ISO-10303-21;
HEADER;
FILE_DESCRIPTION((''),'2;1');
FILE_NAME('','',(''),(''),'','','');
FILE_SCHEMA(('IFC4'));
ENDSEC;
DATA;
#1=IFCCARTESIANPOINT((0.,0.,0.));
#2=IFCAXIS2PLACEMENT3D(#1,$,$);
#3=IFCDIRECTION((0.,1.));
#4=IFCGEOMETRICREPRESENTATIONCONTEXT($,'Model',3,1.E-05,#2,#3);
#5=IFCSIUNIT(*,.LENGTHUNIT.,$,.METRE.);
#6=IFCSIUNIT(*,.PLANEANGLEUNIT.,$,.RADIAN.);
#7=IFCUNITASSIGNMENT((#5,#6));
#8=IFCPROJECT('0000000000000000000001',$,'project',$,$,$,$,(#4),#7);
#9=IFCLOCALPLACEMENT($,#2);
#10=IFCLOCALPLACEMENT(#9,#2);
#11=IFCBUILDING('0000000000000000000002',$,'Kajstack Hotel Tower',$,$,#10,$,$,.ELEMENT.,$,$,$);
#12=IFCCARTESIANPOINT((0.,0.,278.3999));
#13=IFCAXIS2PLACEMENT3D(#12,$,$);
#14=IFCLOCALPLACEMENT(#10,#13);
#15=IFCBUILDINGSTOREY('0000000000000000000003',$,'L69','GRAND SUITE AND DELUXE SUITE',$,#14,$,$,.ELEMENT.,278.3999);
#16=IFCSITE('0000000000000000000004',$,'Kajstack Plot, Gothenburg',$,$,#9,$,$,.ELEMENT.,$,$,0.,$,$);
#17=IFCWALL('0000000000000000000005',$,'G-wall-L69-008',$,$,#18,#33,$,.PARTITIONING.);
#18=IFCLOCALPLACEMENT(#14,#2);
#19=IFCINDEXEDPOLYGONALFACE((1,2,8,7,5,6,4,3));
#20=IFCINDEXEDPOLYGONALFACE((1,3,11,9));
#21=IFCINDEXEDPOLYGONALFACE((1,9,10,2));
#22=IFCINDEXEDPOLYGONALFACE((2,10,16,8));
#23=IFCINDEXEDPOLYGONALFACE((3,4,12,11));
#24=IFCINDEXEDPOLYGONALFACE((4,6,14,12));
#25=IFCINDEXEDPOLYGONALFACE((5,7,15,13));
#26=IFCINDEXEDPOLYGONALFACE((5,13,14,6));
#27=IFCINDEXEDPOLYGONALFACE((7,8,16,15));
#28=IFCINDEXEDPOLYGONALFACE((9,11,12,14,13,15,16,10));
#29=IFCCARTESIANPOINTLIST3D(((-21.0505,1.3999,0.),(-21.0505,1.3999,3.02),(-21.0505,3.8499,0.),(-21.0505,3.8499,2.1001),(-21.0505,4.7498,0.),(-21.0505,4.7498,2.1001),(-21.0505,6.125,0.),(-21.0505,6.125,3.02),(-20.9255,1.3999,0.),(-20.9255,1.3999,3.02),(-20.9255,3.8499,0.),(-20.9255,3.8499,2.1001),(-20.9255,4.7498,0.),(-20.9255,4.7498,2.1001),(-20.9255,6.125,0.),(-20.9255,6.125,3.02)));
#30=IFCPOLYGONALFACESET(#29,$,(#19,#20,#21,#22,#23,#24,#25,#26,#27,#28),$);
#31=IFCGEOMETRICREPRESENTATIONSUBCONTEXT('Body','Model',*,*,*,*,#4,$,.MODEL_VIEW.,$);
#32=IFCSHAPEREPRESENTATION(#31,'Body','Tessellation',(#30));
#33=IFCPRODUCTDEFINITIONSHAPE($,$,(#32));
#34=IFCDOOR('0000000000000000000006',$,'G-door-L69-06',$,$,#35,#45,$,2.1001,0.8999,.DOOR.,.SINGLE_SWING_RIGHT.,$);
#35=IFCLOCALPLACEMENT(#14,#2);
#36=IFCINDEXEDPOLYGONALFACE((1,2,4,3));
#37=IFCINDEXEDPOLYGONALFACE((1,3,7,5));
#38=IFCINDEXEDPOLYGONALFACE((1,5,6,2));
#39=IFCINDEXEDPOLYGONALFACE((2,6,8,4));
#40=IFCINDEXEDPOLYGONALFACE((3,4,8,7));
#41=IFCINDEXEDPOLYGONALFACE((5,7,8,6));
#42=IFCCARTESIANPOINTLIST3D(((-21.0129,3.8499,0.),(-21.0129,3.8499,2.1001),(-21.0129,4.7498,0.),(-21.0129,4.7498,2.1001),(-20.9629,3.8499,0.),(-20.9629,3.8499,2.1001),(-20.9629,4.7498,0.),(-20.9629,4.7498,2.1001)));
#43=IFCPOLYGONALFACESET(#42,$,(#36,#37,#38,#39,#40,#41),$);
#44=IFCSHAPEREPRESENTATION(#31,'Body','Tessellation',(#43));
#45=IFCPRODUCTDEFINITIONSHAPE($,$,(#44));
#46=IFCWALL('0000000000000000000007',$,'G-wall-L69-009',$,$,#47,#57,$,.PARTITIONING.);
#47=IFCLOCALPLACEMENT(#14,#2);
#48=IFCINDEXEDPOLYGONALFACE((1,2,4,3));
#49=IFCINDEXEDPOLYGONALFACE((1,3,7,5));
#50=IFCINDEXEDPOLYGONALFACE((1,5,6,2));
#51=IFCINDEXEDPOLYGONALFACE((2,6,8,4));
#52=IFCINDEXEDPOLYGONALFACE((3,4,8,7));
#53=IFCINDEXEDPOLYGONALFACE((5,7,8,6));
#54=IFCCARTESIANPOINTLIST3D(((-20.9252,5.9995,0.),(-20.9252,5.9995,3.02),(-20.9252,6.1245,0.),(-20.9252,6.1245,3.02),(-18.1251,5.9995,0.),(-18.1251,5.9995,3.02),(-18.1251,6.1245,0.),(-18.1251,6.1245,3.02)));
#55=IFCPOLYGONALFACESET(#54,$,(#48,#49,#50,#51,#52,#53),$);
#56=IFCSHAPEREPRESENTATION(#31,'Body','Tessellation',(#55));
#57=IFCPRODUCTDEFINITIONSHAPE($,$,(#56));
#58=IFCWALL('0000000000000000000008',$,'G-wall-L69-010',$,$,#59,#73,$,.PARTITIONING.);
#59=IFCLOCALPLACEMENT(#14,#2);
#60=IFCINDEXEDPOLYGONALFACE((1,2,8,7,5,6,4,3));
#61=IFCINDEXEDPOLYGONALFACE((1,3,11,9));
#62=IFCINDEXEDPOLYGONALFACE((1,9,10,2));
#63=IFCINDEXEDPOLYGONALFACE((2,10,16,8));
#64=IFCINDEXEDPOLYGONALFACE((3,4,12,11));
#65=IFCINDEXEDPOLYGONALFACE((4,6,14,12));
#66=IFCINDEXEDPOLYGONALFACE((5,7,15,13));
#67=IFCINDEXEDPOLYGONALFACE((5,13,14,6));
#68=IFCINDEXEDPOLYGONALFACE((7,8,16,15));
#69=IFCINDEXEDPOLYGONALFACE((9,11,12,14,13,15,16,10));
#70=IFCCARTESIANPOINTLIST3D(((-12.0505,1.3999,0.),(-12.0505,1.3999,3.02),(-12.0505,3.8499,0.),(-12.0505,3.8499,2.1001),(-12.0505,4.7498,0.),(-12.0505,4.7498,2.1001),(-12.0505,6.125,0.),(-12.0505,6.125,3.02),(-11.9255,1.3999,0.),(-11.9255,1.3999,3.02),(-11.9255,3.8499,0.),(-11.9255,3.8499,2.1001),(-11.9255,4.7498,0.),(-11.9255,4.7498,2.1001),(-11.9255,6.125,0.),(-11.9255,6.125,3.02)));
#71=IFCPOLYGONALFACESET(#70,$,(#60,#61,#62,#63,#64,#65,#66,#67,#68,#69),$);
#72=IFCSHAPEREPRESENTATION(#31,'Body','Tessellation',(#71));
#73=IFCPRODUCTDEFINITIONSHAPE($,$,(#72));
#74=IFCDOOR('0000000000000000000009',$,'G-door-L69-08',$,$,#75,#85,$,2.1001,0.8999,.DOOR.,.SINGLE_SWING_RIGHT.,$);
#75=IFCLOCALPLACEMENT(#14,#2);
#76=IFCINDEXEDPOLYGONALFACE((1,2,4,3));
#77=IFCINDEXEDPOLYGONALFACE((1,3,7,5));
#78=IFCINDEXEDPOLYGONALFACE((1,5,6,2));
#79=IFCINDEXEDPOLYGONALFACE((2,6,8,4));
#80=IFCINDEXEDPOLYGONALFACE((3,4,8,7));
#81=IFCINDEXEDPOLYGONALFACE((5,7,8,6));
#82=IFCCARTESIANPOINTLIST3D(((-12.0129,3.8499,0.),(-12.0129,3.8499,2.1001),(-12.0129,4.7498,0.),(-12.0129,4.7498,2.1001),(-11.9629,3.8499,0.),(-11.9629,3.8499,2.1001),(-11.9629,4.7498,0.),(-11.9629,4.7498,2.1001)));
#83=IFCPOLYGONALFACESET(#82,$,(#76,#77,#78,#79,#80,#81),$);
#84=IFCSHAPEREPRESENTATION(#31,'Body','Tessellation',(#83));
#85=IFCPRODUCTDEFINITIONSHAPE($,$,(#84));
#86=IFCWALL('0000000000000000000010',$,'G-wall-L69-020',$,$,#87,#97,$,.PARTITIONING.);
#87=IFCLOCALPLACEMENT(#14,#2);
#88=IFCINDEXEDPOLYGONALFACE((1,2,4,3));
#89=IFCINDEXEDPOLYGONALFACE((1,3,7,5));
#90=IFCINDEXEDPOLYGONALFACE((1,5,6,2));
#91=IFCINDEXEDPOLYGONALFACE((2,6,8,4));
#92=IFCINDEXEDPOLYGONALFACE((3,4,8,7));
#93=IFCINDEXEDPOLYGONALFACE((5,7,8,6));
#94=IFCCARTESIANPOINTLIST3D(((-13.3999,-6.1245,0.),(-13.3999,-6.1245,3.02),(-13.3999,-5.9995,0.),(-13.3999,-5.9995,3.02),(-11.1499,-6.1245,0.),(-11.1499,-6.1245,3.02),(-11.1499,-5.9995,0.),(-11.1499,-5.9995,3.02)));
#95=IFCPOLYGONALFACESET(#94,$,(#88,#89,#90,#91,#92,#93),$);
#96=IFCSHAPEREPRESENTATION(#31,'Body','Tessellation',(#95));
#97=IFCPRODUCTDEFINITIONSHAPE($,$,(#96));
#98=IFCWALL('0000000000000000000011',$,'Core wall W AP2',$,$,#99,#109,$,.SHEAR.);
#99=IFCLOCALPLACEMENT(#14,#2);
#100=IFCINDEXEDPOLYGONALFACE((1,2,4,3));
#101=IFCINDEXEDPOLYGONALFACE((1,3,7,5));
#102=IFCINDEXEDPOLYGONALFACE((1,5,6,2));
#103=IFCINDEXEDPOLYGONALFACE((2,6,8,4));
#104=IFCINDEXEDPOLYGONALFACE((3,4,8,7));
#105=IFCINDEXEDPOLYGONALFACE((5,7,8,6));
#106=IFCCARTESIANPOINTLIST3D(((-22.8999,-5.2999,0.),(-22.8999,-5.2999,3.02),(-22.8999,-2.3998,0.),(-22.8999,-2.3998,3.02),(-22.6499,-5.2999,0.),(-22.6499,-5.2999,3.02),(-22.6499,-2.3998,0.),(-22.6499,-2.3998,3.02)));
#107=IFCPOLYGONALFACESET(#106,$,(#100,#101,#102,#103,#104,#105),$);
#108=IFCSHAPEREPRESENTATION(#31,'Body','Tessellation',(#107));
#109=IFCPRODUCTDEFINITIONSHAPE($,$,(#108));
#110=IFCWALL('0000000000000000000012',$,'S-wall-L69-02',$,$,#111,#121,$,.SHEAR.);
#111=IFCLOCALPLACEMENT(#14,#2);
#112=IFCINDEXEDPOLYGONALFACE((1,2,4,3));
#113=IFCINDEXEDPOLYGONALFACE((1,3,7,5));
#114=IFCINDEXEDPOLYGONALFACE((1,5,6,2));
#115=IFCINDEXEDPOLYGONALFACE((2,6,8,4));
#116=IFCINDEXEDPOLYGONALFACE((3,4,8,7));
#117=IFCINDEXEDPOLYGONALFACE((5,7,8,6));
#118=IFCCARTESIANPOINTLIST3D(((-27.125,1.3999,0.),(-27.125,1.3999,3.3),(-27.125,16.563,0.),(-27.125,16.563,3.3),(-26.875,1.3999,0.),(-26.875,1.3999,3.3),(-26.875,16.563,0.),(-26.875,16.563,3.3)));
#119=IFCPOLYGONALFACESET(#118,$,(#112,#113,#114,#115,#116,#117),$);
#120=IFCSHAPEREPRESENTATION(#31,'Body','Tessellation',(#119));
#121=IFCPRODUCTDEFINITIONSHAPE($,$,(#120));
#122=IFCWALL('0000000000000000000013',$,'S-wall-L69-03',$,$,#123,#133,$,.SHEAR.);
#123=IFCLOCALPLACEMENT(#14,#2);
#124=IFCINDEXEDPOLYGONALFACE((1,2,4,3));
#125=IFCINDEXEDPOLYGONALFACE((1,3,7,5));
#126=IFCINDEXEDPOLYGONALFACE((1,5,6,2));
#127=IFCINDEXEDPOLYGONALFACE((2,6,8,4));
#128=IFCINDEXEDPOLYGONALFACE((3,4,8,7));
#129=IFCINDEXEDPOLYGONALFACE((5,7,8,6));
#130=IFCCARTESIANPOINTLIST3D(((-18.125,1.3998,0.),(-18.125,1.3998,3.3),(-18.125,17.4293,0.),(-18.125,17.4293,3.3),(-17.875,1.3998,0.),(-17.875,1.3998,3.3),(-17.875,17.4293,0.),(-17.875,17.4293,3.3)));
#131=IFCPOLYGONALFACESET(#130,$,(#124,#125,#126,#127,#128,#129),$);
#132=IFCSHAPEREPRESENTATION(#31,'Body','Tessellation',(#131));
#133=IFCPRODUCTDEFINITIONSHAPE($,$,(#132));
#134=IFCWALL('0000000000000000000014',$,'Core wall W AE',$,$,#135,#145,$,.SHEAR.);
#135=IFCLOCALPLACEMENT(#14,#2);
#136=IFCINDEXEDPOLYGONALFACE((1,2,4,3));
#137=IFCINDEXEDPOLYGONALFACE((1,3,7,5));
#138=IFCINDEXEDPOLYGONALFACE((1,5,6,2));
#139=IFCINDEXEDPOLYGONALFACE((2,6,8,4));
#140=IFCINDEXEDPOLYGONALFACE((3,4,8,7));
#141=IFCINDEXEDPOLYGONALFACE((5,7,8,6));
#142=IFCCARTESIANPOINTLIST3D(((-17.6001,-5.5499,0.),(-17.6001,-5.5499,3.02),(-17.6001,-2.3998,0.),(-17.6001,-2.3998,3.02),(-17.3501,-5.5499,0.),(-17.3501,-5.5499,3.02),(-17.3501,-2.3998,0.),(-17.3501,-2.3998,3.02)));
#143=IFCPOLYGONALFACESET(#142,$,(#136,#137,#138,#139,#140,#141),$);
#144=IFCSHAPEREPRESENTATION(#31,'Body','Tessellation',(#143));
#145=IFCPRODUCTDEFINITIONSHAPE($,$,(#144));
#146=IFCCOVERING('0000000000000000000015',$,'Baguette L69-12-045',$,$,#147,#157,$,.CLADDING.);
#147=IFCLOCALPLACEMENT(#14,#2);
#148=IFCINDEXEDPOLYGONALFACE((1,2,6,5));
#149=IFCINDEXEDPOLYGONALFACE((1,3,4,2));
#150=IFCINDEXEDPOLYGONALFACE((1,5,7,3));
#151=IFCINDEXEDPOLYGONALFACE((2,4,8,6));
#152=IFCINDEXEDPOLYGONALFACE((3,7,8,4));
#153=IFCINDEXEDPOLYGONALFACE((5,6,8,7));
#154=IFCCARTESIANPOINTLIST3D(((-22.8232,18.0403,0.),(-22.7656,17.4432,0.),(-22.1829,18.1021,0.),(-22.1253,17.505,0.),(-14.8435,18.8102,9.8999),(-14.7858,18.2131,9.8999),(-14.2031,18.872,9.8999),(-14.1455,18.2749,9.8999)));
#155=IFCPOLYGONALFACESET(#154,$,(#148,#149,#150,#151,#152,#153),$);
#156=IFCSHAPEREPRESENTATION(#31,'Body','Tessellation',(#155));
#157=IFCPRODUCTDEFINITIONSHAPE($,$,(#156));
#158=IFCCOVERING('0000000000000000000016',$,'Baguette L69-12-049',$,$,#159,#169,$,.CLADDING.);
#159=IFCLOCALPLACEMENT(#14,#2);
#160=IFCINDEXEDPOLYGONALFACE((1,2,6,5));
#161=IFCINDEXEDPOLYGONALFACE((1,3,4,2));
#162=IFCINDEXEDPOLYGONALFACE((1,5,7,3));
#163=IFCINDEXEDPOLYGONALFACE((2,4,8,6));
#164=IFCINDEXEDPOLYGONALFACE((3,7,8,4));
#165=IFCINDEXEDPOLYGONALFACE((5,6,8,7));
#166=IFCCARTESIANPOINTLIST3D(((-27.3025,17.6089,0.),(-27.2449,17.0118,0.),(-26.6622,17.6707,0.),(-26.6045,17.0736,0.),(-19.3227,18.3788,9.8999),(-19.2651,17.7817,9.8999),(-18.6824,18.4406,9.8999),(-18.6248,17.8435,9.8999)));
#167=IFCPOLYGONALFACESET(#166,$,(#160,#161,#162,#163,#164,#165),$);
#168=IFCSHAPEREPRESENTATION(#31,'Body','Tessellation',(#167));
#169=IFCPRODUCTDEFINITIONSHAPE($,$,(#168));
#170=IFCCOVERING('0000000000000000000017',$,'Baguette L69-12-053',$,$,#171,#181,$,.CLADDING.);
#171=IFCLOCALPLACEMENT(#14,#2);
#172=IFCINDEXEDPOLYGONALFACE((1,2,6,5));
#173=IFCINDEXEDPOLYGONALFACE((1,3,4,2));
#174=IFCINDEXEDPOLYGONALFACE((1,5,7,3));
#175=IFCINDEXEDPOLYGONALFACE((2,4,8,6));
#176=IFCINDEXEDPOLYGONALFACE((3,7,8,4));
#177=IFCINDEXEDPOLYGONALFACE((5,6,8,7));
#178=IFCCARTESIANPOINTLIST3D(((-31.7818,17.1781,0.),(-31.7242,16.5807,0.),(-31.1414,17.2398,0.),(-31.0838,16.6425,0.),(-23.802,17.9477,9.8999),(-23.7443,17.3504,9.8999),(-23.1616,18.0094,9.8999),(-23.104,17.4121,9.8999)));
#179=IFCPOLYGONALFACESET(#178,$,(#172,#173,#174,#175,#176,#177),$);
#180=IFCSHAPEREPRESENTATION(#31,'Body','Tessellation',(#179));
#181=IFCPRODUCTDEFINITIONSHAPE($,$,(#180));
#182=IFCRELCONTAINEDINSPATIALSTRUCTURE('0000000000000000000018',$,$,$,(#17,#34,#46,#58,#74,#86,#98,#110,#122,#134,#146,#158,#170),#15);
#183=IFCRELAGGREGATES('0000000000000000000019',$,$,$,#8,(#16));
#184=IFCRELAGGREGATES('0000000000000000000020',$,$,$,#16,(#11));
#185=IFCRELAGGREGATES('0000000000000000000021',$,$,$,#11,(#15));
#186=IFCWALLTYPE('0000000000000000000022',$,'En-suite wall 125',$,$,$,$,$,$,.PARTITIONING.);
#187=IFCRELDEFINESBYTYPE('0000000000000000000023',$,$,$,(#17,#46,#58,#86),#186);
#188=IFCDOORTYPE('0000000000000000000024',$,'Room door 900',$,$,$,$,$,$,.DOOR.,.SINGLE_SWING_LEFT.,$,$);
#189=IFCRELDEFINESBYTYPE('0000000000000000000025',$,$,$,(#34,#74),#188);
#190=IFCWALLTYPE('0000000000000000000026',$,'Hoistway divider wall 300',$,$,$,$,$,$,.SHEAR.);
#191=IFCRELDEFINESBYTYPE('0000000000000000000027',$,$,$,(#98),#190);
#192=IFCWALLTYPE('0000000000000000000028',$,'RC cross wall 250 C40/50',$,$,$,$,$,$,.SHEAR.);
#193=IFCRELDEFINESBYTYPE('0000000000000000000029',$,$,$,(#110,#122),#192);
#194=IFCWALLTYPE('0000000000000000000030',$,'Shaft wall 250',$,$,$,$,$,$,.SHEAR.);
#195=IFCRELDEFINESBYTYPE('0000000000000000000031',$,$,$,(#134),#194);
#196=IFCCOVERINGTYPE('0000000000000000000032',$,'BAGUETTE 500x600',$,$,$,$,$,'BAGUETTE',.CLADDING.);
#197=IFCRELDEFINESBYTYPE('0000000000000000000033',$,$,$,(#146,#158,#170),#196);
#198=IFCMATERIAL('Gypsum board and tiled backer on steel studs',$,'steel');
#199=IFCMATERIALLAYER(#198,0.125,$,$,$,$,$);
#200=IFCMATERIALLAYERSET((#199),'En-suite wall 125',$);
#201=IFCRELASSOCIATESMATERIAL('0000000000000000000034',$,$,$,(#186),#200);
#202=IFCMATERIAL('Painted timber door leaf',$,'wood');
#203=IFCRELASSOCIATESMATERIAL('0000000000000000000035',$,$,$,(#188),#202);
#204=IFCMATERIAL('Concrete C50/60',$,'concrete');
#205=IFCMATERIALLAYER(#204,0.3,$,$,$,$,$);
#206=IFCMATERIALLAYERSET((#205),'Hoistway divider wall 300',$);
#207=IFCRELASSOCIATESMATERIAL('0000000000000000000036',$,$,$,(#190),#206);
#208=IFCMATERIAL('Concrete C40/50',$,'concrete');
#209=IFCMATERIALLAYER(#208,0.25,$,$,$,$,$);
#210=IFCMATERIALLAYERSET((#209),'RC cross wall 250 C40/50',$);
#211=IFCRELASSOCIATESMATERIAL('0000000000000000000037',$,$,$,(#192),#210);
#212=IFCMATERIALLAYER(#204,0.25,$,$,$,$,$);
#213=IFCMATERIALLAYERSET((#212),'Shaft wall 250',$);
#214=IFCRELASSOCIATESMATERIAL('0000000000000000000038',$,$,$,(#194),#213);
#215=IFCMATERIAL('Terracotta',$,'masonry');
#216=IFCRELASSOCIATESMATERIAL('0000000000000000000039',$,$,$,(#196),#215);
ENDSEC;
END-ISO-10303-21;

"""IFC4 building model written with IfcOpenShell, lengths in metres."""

from ifc_helpers import new_model, si_unit, direction, frame, frame_2d, origin, origin_2d, place, context, subcontext, project, spatial, polyline, rectangle, outline, extrude, material, layer, layer_set, material_profile, profile_set, type_object, element, fill, save


model = new_model("IFC4")

# Units and contexts
model_context = context("Model", 3, precision=1e-05, world=origin(), true_north=direction((0.0, 1.0)))
body_context = subcontext(model_context, "Body", "Model", "MODEL_VIEW")
ifc_project = project(units=[si_unit("LENGTHUNIT", "METRE"), si_unit("PLANEANGLEUNIT", "RADIAN")], contexts=[model_context])

# Site, building, storey
site_placement = place(None, origin())
site = spatial("IfcSite", under=ifc_project, at=site_placement, Name="Kajstack Plot, Gothenburg", CompositionType="ELEMENT", RefElevation=0.0)
building_placement = place(site_placement, origin())
building = spatial("IfcBuilding", under=site, at=building_placement, Name="Kajstack Hotel Tower", CompositionType="ELEMENT")
storey_placement = place(building_placement, frame((0.0, 0.0, 278.3999)))
storey = spatial("IfcBuildingStorey", under=building, at=storey_placement, Name="L69", Description="GRAND SUITE AND DELUXE SUITE", CompositionType="ELEMENT", Elevation=278.3999)

# Wall, opening, door
ifc_material_1 = material(Name="Gypsum board and tiled backer on steel studs", Category="steel")
ifc_layer_1 = layer(ifc_material_1, 0.125)
ifc_layer_set_1 = layer_set([ifc_layer_1], Name="En-suite wall 125")
wall_type_1 = type_object("IfcWallType", Name="En-suite wall 125", PredefinedType="PARTITIONING", material=ifc_layer_set_1)
wall_1_placement = place(storey_placement, frame((-20.988, 1.3999, 0.0), z_axis=(0.0, 0.0, 1.0), x_axis=(0.0, 1.0, 0.0)))
wall_1 = element("IfcWall", 1, at=wall_1_placement, inside=storey, type_object=wall_type_1, Name="G-wall-L69-008", PredefinedType="PARTITIONING", context=body_context, shape_type="SweptSolid", body=[
    extrude(rectangle(XDim=4.7251, YDim=0.125, at=frame_2d((2.3625, 0.0))), origin(), (0.0, 0.0, 1.0), 3.02),
])
opening_1_placement = place(wall_1_placement, frame((2.45, 0.0, 0.0)))
opening_1 = element("IfcOpeningElement", 2, at=opening_1_placement, cuts=wall_1, PredefinedType="OPENING", context=body_context, shape_type="SweptSolid", body=[
    extrude(rectangle(XDim=0.8999, YDim=2.1001, at=frame_2d((0.45, 1.05))), frame((0.0, 0.0725, 0.0), z_axis=(0.0, -1.0, 0.0), x_axis=(1.0, 0.0, 0.0)), (0.0, 0.0, 1.0), 0.145),
])
ifc_material_2 = material(Name="Painted timber door leaf", Category="wood")
door_type_1 = type_object("IfcDoorType", Name="Room door 900", OperationType="SINGLE_SWING_LEFT", PredefinedType="DOOR", material=ifc_material_2)
door_1_placement = place(opening_1_placement, origin())
door_1 = element("IfcDoor", 3, at=door_1_placement, inside=storey, type_object=door_type_1, Name="G-door-L69-06", OperationType="SINGLE_SWING_RIGHT", OverallHeight=2.1001, OverallWidth=0.8999, PredefinedType="DOOR", context=body_context, shape_type="SweptSolid", body=[
    extrude(rectangle(XDim=0.8999, YDim=2.1001, at=frame_2d((0.45, 1.05))), frame((0.0, 0.0249, 0.0), z_axis=(0.0, -1.0, 0.0), x_axis=(1.0, 0.0, 0.0)), (0.0, 0.0, 1.0), 0.05),
])
fill(opening_1, door_1)

# Wall
wall_2_placement = place(storey_placement, frame((-20.925, 6.062, 0.0), z_axis=(0.0, 0.0, 1.0), x_axis=(1.0, 0.0, 0.0)))
element("IfcWall", 4, at=wall_2_placement, inside=storey, type_object=wall_type_1, Name="G-wall-L69-009", PredefinedType="PARTITIONING", context=body_context, shape_type="SweptSolid", body=[
    extrude(rectangle(XDim=2.8, YDim=0.125, at=frame_2d((1.3999, 0.0))), origin(), (0.0, 0.0, 1.0), 3.02),
])

# Wall, opening, door
wall_3_placement = place(storey_placement, frame((-11.988, 1.3999, 0.0), z_axis=(0.0, 0.0, 1.0), x_axis=(0.0, 1.0, 0.0)))
wall_3 = element("IfcWall", 5, at=wall_3_placement, inside=storey, type_object=wall_type_1, Name="G-wall-L69-010", PredefinedType="PARTITIONING", context=body_context, shape_type="SweptSolid", body=[
    extrude(rectangle(XDim=4.7251, YDim=0.125, at=frame_2d((2.3625, 0.0))), origin(), (0.0, 0.0, 1.0), 3.02),
])
opening_2_placement = place(wall_3_placement, frame((2.45, 0.0, 0.0)))
opening_2 = element("IfcOpeningElement", 6, at=opening_2_placement, cuts=wall_3, PredefinedType="OPENING", context=body_context, shape_type="SweptSolid", body=[
    extrude(rectangle(XDim=0.8999, YDim=2.1001, at=frame_2d((0.45, 1.05))), frame((0.0, 0.0725, 0.0), z_axis=(0.0, -1.0, 0.0), x_axis=(1.0, 0.0, 0.0)), (0.0, 0.0, 1.0), 0.145),
])
door_2_placement = place(opening_2_placement, origin())
door_2 = element("IfcDoor", 7, at=door_2_placement, inside=storey, type_object=door_type_1, Name="G-door-L69-08", OperationType="SINGLE_SWING_RIGHT", OverallHeight=2.1001, OverallWidth=0.8999, PredefinedType="DOOR", context=body_context, shape_type="SweptSolid", body=[
    extrude(rectangle(XDim=0.8999, YDim=2.1001, at=frame_2d((0.45, 1.05))), frame((0.0, 0.0249, 0.0), z_axis=(0.0, -1.0, 0.0), x_axis=(1.0, 0.0, 0.0)), (0.0, 0.0, 1.0), 0.05),
])
fill(opening_2, door_2)

# Walls
wall_4_placement = place(storey_placement, frame((-13.3999, -6.062, 0.0), z_axis=(0.0, 0.0, 1.0), x_axis=(1.0, 0.0, 0.0)))
element("IfcWall", 8, at=wall_4_placement, inside=storey, type_object=wall_type_1, Name="G-wall-L69-020", PredefinedType="PARTITIONING", context=body_context, shape_type="SweptSolid", body=[
    extrude(rectangle(XDim=2.25, YDim=0.125, at=frame_2d((1.125, 0.0))), origin(), (0.0, 0.0, 1.0), 3.02),
])
ifc_material_3 = material(Name="Concrete C50/60", Category="concrete")
ifc_layer_2 = layer(ifc_material_3, 0.3)
ifc_layer_set_2 = layer_set([ifc_layer_2], Name="Hoistway divider wall 300")
wall_type_2 = type_object("IfcWallType", Name="Hoistway divider wall 300", PredefinedType="SHEAR", material=ifc_layer_set_2)
wall_5_placement = place(storey_placement, frame((-22.7749, -5.3, 0.0), z_axis=(0.0, 0.0, 1.0), x_axis=(0.0, 1.0, 0.0)))
element("IfcWall", 9, at=wall_5_placement, inside=storey, type_object=wall_type_2, Name="Core wall W AP2", PredefinedType="SHEAR", context=body_context, shape_type="SweptSolid", body=[
    extrude(rectangle(XDim=2.9001, YDim=0.25, at=frame_2d((1.4502, 0.0))), origin(), (0.0, 0.0, 1.0), 3.02),
])
ifc_material_4 = material(Name="Concrete C40/50", Category="concrete")
ifc_layer_3 = layer(ifc_material_4, 0.25)
ifc_layer_set_3 = layer_set([ifc_layer_3], Name="RC cross wall 250 C40/50")
wall_type_3 = type_object("IfcWallType", Name="RC cross wall 250 C40/50", PredefinedType="SHEAR", material=ifc_layer_set_3)
wall_6_placement = place(storey_placement, frame((-27.0, 1.3999, 0.0), z_axis=(0.0, 0.0, 1.0), x_axis=(0.0, 1.0, 0.0)))
element("IfcWall", 10, at=wall_6_placement, inside=storey, type_object=wall_type_3, Name="S-wall-L69-02", PredefinedType="SHEAR", context=body_context, shape_type="SweptSolid", body=[
    extrude(rectangle(XDim=15.1631, YDim=0.25, at=frame_2d((7.5815, 0.0))), origin(), (0.0, 0.0, 1.0), 3.3),
])
wall_7_placement = place(storey_placement, frame((-18.0, 1.3999, 0.0), z_axis=(0.0, 0.0, 1.0), x_axis=(0.0, 1.0, 0.0)))
element("IfcWall", 11, at=wall_7_placement, inside=storey, type_object=wall_type_3, Name="S-wall-L69-03", PredefinedType="SHEAR", context=body_context, shape_type="SweptSolid", body=[
    extrude(rectangle(XDim=16.0295, YDim=0.25, at=frame_2d((8.0146, 0.0))), origin(), (0.0, 0.0, 1.0), 3.3),
])
ifc_layer_4 = layer(ifc_material_3, 0.25)
ifc_layer_set_4 = layer_set([ifc_layer_4], Name="Shaft wall 250")
wall_type_4 = type_object("IfcWallType", Name="Shaft wall 250", PredefinedType="SHEAR", material=ifc_layer_set_4)
wall_8_placement = place(storey_placement, frame((-17.4751, -5.55, 0.0), z_axis=(0.0, 0.0, 1.0), x_axis=(0.0, 1.0, 0.0)))
element("IfcWall", 12, at=wall_8_placement, inside=storey, type_object=wall_type_4, Name="Core wall W AE", PredefinedType="SHEAR", context=body_context, shape_type="SweptSolid", body=[
    extrude(rectangle(XDim=3.1501, YDim=0.25, at=frame_2d((1.5752, 0.0))), origin(), (0.0, 0.0, 1.0), 3.02),
])

# Coverings
ifc_material_5 = material(Name="Terracotta", Category="masonry")
ifc_material_profile = material_profile(ifc_material_5, rectangle(XDim=0.6001, YDim=0.5, at=origin_2d()), Name="Terracotta-clad concrete baguette 500 x 600")
ifc_profile_set = profile_set([ifc_material_profile], Name="Terracotta")
covering_type = type_object("IfcCoveringType", Name="BAGUETTE 500x600", ElementType="BAGUETTE", PredefinedType="CLADDING", material=ifc_profile_set)
for number, where, z_axis, x_axis, name in (
    (13, (-14.1455, 18.2749, 0.0), (-0.096038, 0.995378, 0.0), (-0.995378, -0.096038, 0.0), "Baguette L69-12-045"),
    (14, (-18.6248, 17.8435, 0.0), (-0.096038, 0.995378, 0.0), (-0.995378, -0.096038, 0.0), "Baguette L69-12-049"),
):
    element("IfcCovering", number, at=place(storey_placement, frame(where, z_axis=z_axis, x_axis=x_axis)), inside=storey, type_object=covering_type, Name=name, PredefinedType="CLADDING", context=body_context, shape_type="SweptSolid", body=[
        extrude(outline(polyline([(0.0, 9.8999), (8.0168, 0.0), (8.6602, 0.0), (0.6433, 9.8999), (0.0, 9.8999)])), origin(), (0.0, 0.0, 1.0), 0.5999),
    ])
covering_placement = place(storey_placement, frame((-23.104, 17.4121, 0.0), z_axis=(-0.095999, 0.995381, 0.0), x_axis=(-0.995381, -0.095999, 0.0)))
element("IfcCovering", 15, at=covering_placement, inside=storey, type_object=covering_type, Name="Baguette L69-12-053", PredefinedType="CLADDING", context=body_context, shape_type="SweptSolid", body=[
    extrude(outline(polyline([(0.0, 9.8999), (8.0168, 0.0), (8.6602, 0.0), (0.6433, 9.8999), (0.0, 9.8999)])), origin(), (0.0, 0.0, 1.0), 0.6001),
])

save(model, "model.ifc")
